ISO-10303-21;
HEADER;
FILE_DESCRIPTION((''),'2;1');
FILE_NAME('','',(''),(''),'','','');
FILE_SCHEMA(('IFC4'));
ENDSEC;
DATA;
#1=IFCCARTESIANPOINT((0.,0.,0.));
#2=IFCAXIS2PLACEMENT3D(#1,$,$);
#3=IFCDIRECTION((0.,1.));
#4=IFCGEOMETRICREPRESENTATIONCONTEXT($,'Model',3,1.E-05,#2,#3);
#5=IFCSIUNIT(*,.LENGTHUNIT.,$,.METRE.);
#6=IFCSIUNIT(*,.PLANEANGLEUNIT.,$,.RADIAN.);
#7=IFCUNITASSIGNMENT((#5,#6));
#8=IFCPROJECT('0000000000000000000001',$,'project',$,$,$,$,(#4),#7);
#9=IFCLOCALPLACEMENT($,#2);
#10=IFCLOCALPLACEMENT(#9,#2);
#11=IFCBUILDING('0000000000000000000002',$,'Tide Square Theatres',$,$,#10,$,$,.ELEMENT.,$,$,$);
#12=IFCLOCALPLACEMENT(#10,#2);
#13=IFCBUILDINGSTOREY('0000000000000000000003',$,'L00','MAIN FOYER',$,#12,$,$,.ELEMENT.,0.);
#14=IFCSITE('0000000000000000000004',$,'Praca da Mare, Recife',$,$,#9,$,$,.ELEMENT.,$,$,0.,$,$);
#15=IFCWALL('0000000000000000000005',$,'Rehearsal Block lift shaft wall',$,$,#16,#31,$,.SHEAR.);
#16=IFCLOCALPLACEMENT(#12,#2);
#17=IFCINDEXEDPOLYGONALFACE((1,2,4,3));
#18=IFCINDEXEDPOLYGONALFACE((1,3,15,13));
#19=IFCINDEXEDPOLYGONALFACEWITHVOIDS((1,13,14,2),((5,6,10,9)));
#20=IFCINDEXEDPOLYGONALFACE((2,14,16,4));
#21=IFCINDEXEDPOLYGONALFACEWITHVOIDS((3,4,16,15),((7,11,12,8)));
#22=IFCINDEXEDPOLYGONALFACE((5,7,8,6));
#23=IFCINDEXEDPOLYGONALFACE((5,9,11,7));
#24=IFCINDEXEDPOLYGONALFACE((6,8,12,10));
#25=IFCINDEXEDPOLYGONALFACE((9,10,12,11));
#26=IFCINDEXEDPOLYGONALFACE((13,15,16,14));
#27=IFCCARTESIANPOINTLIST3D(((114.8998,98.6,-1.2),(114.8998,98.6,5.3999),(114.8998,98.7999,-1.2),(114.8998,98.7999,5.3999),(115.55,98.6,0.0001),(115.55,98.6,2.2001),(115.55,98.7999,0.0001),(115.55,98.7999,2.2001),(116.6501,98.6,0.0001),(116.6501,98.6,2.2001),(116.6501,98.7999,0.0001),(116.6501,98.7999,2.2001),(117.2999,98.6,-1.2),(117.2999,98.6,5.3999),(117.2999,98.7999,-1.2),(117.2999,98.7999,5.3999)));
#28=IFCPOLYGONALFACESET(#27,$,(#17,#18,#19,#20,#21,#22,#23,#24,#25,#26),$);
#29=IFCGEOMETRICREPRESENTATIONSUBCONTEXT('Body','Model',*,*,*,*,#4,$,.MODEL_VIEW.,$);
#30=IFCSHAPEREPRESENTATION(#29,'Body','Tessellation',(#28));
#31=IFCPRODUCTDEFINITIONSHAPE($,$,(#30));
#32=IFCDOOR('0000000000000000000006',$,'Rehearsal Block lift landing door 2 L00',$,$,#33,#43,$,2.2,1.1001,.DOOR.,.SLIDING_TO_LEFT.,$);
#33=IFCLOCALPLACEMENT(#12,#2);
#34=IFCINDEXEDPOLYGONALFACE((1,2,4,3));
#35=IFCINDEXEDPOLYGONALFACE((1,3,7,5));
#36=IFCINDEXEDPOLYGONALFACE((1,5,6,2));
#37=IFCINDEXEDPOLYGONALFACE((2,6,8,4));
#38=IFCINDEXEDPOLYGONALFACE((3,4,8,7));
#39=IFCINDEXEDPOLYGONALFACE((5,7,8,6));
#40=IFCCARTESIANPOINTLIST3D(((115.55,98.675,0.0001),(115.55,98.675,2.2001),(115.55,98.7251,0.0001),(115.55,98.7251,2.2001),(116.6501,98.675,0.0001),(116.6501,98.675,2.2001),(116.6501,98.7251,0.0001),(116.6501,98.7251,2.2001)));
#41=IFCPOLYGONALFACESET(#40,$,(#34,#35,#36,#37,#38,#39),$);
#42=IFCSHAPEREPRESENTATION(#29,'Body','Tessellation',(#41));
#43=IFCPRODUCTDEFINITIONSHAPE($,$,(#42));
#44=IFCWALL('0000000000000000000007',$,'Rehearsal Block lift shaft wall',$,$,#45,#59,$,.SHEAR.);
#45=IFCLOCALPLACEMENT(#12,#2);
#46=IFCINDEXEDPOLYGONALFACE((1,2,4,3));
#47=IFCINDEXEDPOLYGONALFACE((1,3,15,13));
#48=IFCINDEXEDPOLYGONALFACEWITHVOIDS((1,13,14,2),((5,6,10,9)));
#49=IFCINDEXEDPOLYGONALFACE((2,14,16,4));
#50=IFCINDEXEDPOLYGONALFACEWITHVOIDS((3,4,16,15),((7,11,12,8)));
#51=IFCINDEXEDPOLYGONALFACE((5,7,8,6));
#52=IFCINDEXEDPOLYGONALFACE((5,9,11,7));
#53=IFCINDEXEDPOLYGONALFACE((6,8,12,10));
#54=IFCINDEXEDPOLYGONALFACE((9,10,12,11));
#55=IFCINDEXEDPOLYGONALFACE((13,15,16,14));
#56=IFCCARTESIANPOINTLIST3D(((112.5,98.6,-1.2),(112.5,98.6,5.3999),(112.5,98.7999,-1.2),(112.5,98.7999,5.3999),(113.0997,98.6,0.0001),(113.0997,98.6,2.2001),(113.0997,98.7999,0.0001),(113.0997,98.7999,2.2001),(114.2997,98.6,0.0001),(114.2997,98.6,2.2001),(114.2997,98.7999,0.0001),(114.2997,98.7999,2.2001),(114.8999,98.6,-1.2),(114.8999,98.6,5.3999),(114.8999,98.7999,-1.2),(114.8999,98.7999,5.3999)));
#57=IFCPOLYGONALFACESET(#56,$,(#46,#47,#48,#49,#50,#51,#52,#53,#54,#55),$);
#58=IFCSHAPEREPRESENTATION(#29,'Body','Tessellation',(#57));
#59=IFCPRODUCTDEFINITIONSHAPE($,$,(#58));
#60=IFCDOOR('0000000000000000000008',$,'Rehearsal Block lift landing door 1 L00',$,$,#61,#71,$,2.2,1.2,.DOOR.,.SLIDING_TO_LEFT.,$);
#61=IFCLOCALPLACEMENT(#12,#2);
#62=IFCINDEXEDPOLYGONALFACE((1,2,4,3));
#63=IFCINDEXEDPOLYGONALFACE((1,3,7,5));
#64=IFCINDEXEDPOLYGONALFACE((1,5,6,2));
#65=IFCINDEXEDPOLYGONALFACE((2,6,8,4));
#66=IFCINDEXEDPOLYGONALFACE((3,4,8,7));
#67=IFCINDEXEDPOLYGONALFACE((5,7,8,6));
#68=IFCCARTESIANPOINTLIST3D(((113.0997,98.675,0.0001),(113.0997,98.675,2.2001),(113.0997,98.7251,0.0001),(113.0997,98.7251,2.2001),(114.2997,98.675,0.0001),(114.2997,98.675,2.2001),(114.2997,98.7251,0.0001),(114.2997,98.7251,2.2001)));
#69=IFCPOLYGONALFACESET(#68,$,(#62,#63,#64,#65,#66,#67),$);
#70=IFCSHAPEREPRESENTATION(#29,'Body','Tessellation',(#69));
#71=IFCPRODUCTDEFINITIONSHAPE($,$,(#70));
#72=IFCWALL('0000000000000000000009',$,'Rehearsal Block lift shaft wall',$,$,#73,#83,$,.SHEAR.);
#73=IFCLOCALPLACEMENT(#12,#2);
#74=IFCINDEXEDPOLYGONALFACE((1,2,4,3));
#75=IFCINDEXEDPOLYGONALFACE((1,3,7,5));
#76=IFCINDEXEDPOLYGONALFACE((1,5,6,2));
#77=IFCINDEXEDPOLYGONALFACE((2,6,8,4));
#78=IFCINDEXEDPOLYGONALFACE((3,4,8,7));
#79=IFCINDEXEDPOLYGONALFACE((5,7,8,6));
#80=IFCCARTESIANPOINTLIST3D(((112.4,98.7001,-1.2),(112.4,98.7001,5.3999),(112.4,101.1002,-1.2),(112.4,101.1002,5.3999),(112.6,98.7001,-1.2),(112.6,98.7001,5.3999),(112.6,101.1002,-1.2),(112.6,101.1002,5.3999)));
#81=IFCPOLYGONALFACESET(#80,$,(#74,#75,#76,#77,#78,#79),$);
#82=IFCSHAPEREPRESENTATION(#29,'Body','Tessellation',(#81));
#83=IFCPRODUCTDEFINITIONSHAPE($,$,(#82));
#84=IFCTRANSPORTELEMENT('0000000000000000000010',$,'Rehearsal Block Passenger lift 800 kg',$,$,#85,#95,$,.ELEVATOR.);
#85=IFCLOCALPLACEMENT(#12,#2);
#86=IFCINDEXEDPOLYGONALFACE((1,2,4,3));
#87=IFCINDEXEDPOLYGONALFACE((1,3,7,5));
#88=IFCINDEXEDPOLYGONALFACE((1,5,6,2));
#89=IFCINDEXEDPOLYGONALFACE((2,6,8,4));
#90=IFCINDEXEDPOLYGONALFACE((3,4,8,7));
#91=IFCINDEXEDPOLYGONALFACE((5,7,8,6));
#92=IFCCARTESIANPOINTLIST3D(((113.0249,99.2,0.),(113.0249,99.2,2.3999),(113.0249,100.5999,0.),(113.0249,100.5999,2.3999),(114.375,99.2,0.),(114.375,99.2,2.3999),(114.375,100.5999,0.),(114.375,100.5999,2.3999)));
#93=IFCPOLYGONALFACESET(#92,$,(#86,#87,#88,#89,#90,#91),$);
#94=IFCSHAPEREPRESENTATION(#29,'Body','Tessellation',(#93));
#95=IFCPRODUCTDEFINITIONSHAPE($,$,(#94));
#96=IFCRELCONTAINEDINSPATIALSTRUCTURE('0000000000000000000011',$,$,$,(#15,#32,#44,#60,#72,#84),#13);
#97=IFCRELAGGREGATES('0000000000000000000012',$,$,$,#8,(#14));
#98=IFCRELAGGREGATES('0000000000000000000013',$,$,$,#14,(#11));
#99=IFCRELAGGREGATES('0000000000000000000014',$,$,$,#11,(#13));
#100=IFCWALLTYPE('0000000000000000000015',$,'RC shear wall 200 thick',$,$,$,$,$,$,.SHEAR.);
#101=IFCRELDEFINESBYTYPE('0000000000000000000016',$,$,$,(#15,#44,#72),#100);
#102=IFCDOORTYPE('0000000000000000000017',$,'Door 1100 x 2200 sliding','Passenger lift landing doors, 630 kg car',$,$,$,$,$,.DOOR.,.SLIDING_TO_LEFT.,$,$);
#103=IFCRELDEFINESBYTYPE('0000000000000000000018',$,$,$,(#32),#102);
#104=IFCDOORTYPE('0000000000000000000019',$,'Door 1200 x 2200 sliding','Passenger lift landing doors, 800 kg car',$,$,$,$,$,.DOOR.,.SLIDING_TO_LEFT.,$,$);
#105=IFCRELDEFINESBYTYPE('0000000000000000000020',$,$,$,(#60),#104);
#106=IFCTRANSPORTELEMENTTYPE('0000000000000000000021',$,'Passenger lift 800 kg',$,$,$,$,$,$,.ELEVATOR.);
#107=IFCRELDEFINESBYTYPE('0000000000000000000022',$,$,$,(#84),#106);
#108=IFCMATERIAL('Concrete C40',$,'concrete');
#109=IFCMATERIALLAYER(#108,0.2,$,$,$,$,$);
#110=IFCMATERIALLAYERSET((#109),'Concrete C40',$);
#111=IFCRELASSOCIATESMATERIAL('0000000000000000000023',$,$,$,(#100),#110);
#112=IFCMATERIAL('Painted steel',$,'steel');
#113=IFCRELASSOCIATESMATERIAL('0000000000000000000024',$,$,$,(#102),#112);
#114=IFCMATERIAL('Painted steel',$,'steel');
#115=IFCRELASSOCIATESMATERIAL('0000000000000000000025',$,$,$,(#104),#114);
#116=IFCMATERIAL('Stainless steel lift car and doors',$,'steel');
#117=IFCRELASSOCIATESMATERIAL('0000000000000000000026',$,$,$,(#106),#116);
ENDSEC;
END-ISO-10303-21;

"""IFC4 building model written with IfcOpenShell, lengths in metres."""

from ifc_helpers import new_model, si_unit, direction, frame, frame_2d, origin, origin_2d, place, context, subcontext, project, spatial, rectangle, extrude, material, layer, layer_set, type_object, element, fill, save


model = new_model("IFC4")

# Units and contexts
model_context = context("Model", 3, precision=1e-05, world=origin(), true_north=direction((0.0, 1.0)))
body_context = subcontext(model_context, "Body", "Model", "MODEL_VIEW")
ifc_project = project(units=[si_unit("LENGTHUNIT", "METRE"), si_unit("PLANEANGLEUNIT", "RADIAN")], contexts=[model_context])

# Site, building, storey
site_placement = place(None, origin())
site = spatial("IfcSite", under=ifc_project, at=site_placement, Name="Praca da Mare, Recife", CompositionType="ELEMENT", RefElevation=0.0)
building_placement = place(site_placement, origin())
building = spatial("IfcBuilding", under=site, at=building_placement, Name="Tide Square Theatres", CompositionType="ELEMENT")
storey_placement = place(building_placement, origin())
storey = spatial("IfcBuildingStorey", under=building, at=storey_placement, Name="L00", Description="MAIN FOYER", CompositionType="ELEMENT", Elevation=0.0)

# Walls, openings, doors
ifc_material_1 = material(Name="Concrete C40", Category="concrete")
ifc_layer_1 = layer(ifc_material_1, 0.2)
ifc_layer_set_1 = layer_set([ifc_layer_1], Name="Concrete C40")
wall_type_1 = type_object("IfcWallType", Name="RC shear wall 200 thick", PredefinedType="SHEAR", material=ifc_layer_set_1)
wall_1_placement = place(storey_placement, frame((117.3, 98.7, -1.2), z_axis=(0.0, 0.0, 1.0), x_axis=(-1.0, 0.0, 0.0)))
wall_1 = element("IfcWall", 1, at=wall_1_placement, inside=storey, type_object=wall_type_1, Name="Rehearsal Block lift shaft wall", PredefinedType="SHEAR", context=body_context, shape_type="SweptSolid", body=[
    extrude(rectangle(XDim=2.4001, YDim=0.2, at=frame_2d((1.2002, 0.0))), origin(), (0.0, 0.0, 1.0), 6.5999),
])
opening_1_placement = place(wall_1_placement, frame((0.6499, 0.0, 1.2)))
opening_1 = element("IfcOpeningElement", 2, at=opening_1_placement, cuts=wall_1, PredefinedType="OPENING", context=body_context, shape_type="SweptSolid", body=[
    extrude(rectangle(XDim=1.1001, YDim=2.2, at=frame_2d((0.55, 1.1001))), frame((0.0, 0.1099, 0.0), z_axis=(0.0, -1.0, 0.0), x_axis=(1.0, 0.0, 0.0)), (0.0, 0.0, 1.0), 0.22),
])
ifc_material_2 = material(Name="Painted steel", Category="steel")
door_type_1 = type_object("IfcDoorType", Name="Door 1100 x 2200 sliding", Description="Passenger lift landing doors, 630 kg car", OperationType="SLIDING_TO_LEFT", PredefinedType="DOOR", material=ifc_material_2)
door_1_placement = place(opening_1_placement, origin())
door_1 = element("IfcDoor", 3, at=door_1_placement, inside=storey, type_object=door_type_1, Name="Rehearsal Block lift landing door 2 L00", OperationType="SLIDING_TO_LEFT", OverallHeight=2.2, OverallWidth=1.1001, PredefinedType="DOOR", context=body_context, shape_type="SweptSolid", body=[
    extrude(rectangle(XDim=1.1001, YDim=2.2, at=frame_2d((0.55, 1.1001))), frame((0.0, 0.0249, 0.0), z_axis=(0.0, -1.0, 0.0), x_axis=(1.0, 0.0, 0.0)), (0.0, 0.0, 1.0), 0.05),
])
fill(opening_1, door_1)
wall_2_placement = place(storey_placement, frame((114.8999, 98.7, -1.2), z_axis=(0.0, 0.0, 1.0), x_axis=(-1.0, 0.0, 0.0)))
wall_2 = element("IfcWall", 4, at=wall_2_placement, inside=storey, type_object=wall_type_1, Name="Rehearsal Block lift shaft wall", PredefinedType="SHEAR", context=body_context, shape_type="SweptSolid", body=[
    extrude(rectangle(XDim=2.3999, YDim=0.2, at=frame_2d((1.2, 0.0))), origin(), (0.0, 0.0, 1.0), 6.5999),
])
opening_2_placement = place(wall_2_placement, frame((0.6001, 0.0, 1.2)))
opening_2 = element("IfcOpeningElement", 5, at=opening_2_placement, cuts=wall_2, PredefinedType="OPENING", context=body_context, shape_type="SweptSolid", body=[
    extrude(rectangle(XDim=1.2, YDim=2.2, at=frame_2d((0.6001, 1.1001))), frame((0.0, 0.1099, 0.0), z_axis=(0.0, -1.0, 0.0), x_axis=(1.0, 0.0, 0.0)), (0.0, 0.0, 1.0), 0.22),
])
ifc_material_3 = material(Name="Painted steel", Category="steel")
door_type_2 = type_object("IfcDoorType", Name="Door 1200 x 2200 sliding", Description="Passenger lift landing doors, 800 kg car", OperationType="SLIDING_TO_LEFT", PredefinedType="DOOR", material=ifc_material_3)
door_2_placement = place(opening_2_placement, origin())
door_2 = element("IfcDoor", 6, at=door_2_placement, inside=storey, type_object=door_type_2, Name="Rehearsal Block lift landing door 1 L00", OperationType="SLIDING_TO_LEFT", OverallHeight=2.2, OverallWidth=1.2, PredefinedType="DOOR", context=body_context, shape_type="SweptSolid", body=[
    extrude(rectangle(XDim=1.2, YDim=2.2, at=frame_2d((0.6001, 1.1001))), frame((0.0, 0.0249, 0.0), z_axis=(0.0, -1.0, 0.0), x_axis=(1.0, 0.0, 0.0)), (0.0, 0.0, 1.0), 0.05),
])
fill(opening_2, door_2)

# Wall
wall_3_placement = place(storey_placement, frame((112.5, 98.7, -1.2), z_axis=(0.0, 0.0, 1.0), x_axis=(0.0, 1.0, 0.0)))
element("IfcWall", 7, at=wall_3_placement, inside=storey, type_object=wall_type_1, Name="Rehearsal Block lift shaft wall", PredefinedType="SHEAR", context=body_context, shape_type="SweptSolid", body=[
    extrude(rectangle(XDim=2.4001, YDim=0.2, at=frame_2d((1.2002, 0.0))), origin(), (0.0, 0.0, 1.0), 6.5999),
])

# Transport element
ifc_material_4 = material(Name="Stainless steel lift car and doors", Category="steel")
transport_element_type = type_object("IfcTransportElementType", Name="Passenger lift 800 kg", PredefinedType="ELEVATOR", material=ifc_material_4)
transport_element_placement = place(storey_placement, frame((113.7, 99.8999, 0.0), z_axis=(0.0, 0.0, 1.0), x_axis=(1.0, 0.0, 0.0)))
element("IfcTransportElement", 8, at=transport_element_placement, inside=storey, type_object=transport_element_type, Name="Rehearsal Block Passenger lift 800 kg", PredefinedType="ELEVATOR", context=body_context, shape_type="SweptSolid", body=[
    extrude(rectangle(XDim=1.3501, YDim=1.3999, at=origin_2d()), origin(), (0.0, 0.0, 1.0), 2.3999),
])

save(model, "model.ifc")
